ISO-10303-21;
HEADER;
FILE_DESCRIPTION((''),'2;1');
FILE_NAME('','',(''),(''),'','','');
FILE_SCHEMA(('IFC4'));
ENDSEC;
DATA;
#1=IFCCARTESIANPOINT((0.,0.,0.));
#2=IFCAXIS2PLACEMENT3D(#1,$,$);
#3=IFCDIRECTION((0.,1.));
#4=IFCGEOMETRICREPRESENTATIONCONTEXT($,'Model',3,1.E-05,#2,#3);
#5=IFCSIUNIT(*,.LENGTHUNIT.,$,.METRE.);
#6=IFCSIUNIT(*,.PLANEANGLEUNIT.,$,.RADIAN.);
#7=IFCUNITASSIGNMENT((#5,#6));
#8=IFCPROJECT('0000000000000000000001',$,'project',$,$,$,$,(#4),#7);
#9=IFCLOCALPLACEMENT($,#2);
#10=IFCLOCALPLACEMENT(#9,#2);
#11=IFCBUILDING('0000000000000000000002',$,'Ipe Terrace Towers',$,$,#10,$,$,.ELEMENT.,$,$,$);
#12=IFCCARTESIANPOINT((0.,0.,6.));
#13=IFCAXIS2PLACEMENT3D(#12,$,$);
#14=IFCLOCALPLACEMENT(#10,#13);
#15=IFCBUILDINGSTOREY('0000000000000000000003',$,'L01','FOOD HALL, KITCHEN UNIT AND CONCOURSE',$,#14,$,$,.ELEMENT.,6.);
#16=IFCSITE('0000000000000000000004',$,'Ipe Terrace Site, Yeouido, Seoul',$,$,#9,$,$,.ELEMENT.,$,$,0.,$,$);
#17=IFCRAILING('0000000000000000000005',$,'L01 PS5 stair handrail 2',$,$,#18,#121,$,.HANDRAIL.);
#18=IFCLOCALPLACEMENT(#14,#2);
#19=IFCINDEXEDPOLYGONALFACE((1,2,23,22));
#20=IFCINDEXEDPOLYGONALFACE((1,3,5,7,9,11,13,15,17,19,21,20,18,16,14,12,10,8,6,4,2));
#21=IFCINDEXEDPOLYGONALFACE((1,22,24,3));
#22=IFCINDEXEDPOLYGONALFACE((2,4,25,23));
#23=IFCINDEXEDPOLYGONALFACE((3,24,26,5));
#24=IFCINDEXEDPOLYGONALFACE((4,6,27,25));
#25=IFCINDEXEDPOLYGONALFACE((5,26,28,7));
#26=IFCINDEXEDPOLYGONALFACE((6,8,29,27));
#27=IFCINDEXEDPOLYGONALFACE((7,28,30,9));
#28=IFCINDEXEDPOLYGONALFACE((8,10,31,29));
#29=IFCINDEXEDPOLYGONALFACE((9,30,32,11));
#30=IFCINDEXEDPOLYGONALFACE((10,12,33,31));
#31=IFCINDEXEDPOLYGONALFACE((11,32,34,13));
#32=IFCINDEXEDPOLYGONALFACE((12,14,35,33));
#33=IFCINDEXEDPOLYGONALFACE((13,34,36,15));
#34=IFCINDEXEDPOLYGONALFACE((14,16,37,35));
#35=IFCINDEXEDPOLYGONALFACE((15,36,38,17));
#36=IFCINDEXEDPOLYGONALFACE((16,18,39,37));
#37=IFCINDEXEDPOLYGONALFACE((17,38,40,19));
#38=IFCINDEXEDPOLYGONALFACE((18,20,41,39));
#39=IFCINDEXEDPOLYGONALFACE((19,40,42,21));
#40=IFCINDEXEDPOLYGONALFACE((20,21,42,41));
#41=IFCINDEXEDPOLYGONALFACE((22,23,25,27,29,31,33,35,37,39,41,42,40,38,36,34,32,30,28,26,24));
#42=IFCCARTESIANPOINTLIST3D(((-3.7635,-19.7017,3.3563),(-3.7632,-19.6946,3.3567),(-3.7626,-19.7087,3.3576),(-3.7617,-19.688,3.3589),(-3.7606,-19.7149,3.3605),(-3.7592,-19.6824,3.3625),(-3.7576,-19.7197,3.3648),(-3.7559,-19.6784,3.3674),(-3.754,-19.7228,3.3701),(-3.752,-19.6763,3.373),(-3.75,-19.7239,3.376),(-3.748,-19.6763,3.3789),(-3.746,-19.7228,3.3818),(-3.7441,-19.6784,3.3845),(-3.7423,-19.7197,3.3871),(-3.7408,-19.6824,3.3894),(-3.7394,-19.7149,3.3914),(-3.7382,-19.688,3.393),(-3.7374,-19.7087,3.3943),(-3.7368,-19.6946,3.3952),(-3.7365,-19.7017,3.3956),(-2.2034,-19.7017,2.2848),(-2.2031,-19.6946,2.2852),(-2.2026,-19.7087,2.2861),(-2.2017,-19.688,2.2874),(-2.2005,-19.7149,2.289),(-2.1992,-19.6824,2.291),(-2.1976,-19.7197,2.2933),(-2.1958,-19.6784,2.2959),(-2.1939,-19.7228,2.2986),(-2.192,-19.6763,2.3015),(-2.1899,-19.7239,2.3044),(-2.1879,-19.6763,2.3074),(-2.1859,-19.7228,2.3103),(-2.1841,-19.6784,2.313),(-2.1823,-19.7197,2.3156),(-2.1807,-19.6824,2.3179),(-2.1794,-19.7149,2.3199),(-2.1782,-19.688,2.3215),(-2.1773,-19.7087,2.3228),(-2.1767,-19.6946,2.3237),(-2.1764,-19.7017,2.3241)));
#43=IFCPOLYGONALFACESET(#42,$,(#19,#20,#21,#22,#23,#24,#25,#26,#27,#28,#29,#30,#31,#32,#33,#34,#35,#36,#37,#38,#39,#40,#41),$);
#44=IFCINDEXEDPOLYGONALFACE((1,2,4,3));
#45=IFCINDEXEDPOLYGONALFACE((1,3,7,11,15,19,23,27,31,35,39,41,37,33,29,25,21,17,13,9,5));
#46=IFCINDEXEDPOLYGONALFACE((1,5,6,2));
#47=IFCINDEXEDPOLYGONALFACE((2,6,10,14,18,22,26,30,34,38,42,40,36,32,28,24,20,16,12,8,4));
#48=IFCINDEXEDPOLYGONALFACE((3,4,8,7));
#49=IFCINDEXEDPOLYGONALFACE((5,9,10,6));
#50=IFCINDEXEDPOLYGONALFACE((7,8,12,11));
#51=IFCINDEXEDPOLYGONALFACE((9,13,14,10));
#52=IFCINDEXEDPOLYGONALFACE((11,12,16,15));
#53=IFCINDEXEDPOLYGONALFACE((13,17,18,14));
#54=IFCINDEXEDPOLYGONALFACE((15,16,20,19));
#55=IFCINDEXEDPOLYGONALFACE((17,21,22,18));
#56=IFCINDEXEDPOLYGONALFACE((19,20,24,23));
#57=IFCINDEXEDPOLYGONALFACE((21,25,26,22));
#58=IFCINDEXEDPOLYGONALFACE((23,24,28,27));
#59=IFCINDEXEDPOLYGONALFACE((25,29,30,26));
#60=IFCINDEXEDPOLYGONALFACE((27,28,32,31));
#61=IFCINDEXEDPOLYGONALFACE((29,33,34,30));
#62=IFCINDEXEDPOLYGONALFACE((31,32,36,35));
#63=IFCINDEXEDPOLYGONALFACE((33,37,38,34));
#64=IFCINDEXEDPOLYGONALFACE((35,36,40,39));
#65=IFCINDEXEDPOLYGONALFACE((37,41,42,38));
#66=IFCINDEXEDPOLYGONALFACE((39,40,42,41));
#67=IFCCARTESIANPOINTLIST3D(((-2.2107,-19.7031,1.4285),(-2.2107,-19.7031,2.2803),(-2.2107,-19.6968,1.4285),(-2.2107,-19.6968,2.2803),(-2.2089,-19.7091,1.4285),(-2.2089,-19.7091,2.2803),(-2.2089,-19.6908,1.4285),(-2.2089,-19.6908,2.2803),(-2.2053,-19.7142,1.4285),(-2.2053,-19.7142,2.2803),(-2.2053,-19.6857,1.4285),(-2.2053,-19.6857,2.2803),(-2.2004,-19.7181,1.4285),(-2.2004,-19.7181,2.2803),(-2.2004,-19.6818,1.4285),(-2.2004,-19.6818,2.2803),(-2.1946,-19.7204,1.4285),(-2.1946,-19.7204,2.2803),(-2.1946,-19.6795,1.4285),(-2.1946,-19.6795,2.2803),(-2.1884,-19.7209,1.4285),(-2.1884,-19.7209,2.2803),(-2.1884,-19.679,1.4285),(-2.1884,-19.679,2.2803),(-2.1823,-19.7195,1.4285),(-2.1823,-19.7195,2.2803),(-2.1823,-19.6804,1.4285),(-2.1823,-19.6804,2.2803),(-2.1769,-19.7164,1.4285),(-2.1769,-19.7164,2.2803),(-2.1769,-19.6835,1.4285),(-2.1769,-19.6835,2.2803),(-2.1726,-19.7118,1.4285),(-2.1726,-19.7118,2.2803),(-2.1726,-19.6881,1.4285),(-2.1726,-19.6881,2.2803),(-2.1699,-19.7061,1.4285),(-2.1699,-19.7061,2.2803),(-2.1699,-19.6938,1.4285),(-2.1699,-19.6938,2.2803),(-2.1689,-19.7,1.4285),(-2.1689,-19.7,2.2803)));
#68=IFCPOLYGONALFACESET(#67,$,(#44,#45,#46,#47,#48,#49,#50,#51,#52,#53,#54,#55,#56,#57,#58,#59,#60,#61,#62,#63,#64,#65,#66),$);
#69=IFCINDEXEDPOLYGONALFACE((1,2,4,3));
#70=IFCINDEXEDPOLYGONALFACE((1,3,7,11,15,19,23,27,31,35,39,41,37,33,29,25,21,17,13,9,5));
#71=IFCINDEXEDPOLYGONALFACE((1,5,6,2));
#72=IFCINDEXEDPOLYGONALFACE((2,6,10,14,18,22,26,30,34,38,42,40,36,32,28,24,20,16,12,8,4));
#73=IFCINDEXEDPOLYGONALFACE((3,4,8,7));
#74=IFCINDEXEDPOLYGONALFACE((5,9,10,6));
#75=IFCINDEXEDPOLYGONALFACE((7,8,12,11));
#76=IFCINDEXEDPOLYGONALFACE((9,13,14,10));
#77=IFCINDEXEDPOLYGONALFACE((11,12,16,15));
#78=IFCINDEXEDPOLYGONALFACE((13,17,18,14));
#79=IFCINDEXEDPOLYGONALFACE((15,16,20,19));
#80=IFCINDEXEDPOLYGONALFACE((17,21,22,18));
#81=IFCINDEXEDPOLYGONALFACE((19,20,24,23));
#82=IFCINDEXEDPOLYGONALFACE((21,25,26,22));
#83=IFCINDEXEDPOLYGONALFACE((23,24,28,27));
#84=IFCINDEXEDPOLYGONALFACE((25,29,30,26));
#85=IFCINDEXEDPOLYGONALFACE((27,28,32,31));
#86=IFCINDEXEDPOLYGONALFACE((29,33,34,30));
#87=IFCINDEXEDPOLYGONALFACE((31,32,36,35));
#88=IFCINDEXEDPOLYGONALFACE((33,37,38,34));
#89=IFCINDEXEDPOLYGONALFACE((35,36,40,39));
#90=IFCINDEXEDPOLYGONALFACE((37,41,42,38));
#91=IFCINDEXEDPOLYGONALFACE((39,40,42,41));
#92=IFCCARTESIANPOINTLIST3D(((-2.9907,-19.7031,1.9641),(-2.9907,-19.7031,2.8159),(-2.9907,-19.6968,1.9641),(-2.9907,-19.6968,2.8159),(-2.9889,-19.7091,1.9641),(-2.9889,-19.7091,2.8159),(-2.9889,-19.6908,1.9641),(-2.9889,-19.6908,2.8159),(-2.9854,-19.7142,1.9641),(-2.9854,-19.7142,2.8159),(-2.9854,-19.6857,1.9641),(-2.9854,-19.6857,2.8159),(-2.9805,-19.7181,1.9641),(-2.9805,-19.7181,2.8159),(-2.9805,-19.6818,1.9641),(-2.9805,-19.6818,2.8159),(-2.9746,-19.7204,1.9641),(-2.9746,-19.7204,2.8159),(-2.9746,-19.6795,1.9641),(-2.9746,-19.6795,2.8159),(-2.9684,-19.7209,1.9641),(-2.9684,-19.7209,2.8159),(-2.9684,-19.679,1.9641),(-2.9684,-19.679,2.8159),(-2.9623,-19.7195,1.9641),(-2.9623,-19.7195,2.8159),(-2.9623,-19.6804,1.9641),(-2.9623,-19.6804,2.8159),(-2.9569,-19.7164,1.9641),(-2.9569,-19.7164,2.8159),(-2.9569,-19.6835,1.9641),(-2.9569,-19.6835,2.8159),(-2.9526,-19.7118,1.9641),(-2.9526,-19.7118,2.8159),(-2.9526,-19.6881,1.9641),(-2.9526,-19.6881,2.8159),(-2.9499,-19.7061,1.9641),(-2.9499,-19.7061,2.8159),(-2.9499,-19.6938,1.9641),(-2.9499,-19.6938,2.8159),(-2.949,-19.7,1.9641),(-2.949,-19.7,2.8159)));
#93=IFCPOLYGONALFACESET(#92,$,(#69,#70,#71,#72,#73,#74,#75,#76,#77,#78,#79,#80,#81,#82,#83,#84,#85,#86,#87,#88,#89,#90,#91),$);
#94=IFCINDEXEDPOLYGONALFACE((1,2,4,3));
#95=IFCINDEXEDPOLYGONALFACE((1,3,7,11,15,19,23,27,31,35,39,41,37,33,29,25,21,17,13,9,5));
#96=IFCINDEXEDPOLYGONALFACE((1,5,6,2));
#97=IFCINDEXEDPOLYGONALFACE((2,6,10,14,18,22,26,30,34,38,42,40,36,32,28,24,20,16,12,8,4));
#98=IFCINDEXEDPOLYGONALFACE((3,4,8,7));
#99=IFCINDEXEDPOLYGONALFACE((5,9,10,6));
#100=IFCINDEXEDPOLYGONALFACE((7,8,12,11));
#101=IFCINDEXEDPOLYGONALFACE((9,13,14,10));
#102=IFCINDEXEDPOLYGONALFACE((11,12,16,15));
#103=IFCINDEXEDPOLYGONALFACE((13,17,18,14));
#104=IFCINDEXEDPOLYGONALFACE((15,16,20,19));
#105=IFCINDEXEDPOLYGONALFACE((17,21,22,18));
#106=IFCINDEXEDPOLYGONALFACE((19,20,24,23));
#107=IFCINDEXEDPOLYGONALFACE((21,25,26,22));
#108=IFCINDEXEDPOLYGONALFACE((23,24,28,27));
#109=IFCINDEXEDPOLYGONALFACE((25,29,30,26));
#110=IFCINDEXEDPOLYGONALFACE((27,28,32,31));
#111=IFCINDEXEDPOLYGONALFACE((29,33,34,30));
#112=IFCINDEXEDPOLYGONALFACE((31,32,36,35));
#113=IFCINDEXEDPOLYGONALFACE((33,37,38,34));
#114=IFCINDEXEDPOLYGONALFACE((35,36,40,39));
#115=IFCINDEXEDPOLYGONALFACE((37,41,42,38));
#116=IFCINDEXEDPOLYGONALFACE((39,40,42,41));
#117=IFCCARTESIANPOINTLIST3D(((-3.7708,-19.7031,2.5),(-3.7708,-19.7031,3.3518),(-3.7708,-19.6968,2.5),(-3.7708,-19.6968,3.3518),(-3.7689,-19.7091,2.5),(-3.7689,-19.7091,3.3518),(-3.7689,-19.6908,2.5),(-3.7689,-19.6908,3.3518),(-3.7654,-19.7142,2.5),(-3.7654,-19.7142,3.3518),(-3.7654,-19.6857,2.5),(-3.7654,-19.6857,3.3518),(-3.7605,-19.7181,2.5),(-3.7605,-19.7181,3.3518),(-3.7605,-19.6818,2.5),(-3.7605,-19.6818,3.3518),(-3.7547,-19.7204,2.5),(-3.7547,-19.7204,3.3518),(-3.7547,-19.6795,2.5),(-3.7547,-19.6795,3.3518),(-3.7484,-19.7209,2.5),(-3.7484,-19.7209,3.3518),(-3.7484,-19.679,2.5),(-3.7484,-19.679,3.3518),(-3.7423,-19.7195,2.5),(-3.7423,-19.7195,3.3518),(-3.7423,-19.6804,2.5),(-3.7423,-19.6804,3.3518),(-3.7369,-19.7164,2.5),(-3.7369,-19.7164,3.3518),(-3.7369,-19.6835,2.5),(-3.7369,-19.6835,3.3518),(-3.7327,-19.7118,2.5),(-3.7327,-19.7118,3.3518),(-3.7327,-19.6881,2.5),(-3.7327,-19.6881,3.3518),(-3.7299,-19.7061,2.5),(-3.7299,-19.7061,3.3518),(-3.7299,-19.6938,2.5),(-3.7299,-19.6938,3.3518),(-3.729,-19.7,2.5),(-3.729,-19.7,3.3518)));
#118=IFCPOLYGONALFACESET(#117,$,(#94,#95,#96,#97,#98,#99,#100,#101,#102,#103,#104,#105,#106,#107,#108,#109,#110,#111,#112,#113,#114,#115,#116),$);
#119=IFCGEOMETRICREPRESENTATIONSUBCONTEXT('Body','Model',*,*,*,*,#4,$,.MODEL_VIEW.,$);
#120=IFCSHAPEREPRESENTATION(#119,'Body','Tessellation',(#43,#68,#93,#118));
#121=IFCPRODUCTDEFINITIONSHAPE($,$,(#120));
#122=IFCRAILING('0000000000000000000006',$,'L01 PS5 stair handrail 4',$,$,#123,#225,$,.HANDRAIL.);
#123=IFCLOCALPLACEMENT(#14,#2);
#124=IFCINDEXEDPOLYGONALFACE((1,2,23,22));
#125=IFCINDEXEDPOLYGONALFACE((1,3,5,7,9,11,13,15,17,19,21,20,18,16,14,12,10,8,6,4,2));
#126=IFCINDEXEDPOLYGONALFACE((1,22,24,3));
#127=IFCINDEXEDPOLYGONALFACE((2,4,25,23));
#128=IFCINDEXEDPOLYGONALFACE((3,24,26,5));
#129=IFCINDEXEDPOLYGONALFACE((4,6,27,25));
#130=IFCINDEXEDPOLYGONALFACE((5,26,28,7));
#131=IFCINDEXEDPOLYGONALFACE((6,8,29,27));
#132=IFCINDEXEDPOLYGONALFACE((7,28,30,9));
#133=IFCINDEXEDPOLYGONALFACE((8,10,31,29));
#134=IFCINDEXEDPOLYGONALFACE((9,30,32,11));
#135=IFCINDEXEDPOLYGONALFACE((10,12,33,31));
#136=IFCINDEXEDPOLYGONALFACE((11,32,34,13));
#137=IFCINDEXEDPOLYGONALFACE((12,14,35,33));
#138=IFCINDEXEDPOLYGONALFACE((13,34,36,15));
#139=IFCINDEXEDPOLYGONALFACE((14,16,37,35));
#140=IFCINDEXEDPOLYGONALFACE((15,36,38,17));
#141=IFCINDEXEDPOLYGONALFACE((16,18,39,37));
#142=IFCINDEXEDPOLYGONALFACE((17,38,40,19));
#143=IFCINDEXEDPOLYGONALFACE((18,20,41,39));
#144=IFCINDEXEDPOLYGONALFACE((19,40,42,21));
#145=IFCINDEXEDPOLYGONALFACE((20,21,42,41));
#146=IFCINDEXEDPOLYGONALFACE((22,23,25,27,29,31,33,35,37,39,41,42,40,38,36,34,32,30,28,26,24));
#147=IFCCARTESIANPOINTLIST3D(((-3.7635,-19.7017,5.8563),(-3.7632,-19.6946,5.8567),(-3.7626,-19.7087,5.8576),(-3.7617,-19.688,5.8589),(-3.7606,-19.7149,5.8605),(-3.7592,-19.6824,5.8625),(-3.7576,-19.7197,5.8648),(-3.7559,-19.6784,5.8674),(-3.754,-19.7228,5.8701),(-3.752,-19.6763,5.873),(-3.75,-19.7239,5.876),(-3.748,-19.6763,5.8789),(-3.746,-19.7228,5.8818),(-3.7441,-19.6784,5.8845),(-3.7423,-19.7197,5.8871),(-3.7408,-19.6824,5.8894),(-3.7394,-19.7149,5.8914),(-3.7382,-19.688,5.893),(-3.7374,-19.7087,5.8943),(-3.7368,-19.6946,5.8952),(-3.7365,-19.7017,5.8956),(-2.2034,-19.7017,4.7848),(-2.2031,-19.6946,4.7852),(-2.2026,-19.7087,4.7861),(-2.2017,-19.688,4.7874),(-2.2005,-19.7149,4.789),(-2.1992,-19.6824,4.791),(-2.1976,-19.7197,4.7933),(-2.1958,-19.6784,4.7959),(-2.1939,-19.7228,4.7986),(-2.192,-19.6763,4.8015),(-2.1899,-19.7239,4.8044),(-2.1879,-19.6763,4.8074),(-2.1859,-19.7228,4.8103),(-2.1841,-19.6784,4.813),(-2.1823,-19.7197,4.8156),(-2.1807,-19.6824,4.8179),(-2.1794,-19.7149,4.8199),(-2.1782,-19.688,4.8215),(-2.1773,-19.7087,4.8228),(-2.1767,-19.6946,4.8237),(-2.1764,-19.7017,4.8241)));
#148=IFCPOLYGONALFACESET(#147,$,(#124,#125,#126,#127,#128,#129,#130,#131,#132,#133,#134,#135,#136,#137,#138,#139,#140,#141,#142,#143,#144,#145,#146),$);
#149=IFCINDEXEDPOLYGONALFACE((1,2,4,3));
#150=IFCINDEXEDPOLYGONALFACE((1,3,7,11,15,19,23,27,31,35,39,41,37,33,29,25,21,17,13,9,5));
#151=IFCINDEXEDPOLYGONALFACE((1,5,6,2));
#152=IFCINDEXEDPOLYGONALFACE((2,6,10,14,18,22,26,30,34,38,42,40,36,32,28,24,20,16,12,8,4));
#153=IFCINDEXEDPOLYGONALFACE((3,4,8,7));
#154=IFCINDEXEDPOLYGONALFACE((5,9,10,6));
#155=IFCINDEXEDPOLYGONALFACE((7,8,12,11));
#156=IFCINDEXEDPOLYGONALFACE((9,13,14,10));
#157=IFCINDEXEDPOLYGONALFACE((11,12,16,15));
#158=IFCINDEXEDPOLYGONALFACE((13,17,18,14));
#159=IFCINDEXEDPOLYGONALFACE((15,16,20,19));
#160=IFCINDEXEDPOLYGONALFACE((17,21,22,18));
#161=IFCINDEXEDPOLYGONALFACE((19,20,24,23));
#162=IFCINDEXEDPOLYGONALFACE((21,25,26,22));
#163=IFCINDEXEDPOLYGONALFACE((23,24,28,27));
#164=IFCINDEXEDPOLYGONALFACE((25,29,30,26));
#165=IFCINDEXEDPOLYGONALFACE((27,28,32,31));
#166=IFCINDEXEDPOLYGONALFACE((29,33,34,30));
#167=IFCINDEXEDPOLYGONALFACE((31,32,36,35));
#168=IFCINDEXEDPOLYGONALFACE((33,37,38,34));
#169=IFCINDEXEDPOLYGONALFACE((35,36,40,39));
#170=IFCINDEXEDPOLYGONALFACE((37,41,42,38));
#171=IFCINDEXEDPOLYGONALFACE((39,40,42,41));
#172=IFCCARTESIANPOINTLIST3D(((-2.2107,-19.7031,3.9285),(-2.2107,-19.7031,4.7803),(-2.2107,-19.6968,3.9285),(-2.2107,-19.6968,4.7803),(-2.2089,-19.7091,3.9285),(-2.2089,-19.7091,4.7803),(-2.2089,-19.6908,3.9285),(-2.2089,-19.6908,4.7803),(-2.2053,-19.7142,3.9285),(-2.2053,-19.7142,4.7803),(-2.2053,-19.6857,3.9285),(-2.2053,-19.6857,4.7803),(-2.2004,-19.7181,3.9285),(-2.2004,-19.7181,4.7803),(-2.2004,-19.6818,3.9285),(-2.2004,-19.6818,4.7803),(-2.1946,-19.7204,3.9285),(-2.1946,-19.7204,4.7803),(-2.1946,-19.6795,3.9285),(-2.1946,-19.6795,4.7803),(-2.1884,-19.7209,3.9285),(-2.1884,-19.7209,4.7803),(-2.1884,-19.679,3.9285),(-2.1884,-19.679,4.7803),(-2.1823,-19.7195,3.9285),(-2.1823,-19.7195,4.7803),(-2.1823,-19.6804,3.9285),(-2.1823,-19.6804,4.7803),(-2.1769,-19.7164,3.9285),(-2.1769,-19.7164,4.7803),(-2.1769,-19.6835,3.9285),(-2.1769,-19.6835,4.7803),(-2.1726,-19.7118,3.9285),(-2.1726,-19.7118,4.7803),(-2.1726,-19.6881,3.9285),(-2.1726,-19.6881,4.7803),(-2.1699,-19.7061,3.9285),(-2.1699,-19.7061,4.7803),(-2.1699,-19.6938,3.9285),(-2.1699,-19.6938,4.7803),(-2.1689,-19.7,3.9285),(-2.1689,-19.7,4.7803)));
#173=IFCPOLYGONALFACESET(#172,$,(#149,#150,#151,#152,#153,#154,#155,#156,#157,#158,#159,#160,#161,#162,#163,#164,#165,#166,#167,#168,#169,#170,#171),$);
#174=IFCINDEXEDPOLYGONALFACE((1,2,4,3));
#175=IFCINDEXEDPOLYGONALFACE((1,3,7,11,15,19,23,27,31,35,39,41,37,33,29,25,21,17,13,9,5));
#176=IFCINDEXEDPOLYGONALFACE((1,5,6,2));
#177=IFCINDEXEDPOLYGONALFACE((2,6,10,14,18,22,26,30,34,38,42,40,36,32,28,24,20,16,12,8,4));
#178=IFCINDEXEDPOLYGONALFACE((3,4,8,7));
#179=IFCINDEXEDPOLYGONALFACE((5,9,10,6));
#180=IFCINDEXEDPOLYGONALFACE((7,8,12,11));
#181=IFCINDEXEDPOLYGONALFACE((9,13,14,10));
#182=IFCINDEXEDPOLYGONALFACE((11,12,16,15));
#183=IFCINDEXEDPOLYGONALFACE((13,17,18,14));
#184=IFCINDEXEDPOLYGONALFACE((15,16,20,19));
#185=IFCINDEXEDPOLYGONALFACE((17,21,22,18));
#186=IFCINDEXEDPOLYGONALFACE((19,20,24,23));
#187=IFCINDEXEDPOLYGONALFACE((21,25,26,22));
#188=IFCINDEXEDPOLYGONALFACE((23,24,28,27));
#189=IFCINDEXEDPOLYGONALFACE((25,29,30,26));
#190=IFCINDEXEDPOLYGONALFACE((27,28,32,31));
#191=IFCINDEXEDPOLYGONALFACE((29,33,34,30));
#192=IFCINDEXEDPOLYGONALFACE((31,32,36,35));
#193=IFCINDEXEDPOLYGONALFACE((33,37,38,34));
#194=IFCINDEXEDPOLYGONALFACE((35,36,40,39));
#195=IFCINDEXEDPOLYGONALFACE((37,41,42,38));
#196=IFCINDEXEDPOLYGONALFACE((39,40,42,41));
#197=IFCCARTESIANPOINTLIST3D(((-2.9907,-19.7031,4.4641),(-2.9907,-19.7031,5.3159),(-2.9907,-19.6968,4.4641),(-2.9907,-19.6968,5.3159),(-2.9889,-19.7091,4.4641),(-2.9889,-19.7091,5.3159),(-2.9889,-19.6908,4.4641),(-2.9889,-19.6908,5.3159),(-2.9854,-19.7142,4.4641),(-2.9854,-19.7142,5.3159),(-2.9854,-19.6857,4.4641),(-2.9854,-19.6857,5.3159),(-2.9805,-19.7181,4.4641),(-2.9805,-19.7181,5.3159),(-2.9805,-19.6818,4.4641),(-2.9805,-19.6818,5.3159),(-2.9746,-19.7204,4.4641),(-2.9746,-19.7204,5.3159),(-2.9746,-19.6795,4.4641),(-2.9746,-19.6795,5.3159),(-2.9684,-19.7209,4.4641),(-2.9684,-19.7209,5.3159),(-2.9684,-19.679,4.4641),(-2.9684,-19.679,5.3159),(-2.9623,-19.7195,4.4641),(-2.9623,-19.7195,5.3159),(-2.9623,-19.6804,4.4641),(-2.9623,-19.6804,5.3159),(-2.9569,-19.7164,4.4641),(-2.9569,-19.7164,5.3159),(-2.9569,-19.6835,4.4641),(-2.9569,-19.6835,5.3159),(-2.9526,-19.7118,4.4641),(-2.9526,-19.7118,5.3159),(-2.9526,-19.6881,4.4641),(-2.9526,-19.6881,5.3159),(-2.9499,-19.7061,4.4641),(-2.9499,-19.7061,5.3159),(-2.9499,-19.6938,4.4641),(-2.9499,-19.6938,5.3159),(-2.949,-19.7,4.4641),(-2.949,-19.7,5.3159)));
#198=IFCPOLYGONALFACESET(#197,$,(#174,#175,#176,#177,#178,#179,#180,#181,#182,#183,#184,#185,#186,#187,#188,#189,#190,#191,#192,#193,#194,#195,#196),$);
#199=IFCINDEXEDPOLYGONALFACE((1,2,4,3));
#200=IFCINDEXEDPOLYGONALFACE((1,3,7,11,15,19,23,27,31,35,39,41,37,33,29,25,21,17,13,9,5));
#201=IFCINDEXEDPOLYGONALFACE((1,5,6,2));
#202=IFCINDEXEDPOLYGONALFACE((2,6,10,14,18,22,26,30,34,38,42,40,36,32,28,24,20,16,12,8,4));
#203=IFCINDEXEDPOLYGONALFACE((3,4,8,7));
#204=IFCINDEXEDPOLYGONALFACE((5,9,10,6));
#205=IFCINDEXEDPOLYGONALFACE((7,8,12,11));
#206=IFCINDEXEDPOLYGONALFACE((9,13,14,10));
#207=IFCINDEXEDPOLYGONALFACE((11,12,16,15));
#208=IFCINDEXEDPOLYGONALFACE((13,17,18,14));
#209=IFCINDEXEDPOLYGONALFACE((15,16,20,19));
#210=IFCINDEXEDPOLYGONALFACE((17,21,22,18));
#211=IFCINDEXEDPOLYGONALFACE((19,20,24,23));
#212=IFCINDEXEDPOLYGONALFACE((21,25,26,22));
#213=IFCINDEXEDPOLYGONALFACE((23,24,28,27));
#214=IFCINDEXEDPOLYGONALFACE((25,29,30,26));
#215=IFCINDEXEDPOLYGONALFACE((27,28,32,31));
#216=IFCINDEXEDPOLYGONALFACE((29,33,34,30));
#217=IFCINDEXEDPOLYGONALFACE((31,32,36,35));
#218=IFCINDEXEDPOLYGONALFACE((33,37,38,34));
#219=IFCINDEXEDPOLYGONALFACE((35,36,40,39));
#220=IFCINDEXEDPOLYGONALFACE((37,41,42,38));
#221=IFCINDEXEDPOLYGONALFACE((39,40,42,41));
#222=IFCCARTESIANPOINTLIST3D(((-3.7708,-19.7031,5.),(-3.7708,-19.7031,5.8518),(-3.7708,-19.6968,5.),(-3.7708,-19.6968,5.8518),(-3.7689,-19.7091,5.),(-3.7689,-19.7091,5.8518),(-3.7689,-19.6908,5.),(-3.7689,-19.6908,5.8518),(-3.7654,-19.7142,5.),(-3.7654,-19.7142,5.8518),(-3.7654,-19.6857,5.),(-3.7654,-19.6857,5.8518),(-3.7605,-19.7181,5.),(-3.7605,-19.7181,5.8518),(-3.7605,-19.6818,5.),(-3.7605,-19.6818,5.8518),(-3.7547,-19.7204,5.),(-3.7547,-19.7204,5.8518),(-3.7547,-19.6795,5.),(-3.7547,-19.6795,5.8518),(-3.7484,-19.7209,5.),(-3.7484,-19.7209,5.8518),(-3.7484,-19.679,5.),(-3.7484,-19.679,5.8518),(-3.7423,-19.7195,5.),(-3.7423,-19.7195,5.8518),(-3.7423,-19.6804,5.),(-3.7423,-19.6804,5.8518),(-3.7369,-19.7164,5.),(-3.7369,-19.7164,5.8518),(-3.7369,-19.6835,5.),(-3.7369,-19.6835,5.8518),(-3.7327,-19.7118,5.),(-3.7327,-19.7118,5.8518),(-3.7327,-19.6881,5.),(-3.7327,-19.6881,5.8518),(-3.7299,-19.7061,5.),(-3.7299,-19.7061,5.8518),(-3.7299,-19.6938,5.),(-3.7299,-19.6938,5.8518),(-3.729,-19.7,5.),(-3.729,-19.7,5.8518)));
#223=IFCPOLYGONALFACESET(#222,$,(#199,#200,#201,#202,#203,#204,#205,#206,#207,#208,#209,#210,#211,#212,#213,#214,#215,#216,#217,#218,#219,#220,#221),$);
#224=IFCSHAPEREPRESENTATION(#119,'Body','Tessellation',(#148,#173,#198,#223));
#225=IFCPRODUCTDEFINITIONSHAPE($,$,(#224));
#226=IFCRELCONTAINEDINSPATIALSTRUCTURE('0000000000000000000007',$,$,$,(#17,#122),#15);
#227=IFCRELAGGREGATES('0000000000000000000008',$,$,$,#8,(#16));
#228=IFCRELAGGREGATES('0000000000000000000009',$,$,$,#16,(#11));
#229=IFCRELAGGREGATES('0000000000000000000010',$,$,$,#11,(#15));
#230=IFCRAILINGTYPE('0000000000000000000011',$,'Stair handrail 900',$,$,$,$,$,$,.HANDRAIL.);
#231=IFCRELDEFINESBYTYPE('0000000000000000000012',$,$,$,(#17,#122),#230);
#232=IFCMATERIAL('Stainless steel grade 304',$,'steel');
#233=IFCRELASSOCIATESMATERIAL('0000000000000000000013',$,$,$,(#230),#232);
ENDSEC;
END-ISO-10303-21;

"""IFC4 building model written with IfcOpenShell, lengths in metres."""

from ifc_helpers import new_model, si_unit, direction, frame, origin, origin_2d, place, context, subcontext, project, spatial, circle, extrude, material, type_object, element, save


model = new_model("IFC4")

# Units and contexts
model_context = context("Model", 3, precision=1e-05, world=origin(), true_north=direction((0.0, 1.0)))
body_context = subcontext(model_context, "Body", "Model", "MODEL_VIEW")
ifc_project = project(units=[si_unit("LENGTHUNIT", "METRE"), si_unit("PLANEANGLEUNIT", "RADIAN")], contexts=[model_context])

# Site, building, storey
site_placement = place(None, origin())
site = spatial("IfcSite", under=ifc_project, at=site_placement, Name="Ipe Terrace Site, Yeouido, Seoul", CompositionType="ELEMENT", RefElevation=0.0)
building_placement = place(site_placement, origin())
building = spatial("IfcBuilding", under=site, at=building_placement, Name="Ipe Terrace Towers", CompositionType="ELEMENT")
storey_placement = place(building_placement, frame((0.0, 0.0, 6.0)))
storey = spatial("IfcBuildingStorey", under=building, at=storey_placement, Name="L01", Description="FOOD HALL, KITCHEN UNIT AND CONCOURSE", CompositionType="ELEMENT", Elevation=6.0)

# Railings
ifc_material_1 = material(Name="Stainless steel grade 304", Category="steel")
railing_type_1 = type_object("IfcRailingType", Name="Stair handrail 900", PredefinedType="HANDRAIL", material=ifc_material_1)
for number, where, name in (
    (1, (-2.1899, -19.7, 1.4285), "L01 PS5 stair handrail 2"),
    (2, (-2.1899, -19.7, 3.9285), "L01 PS5 stair handrail 4"),
):
    element("IfcRailing", number, at=place(storey_placement, frame(where)), inside=storey, type_object=railing_type_1, Name=name, PredefinedType="HANDRAIL", context=body_context, shape_type="SweptSolid", body=[
        extrude(circle(Radius=0.0239, at=origin_2d()), frame((0.0, 0.0, 0.876), z_axis=(-0.82429, 0.0, 0.566167), x_axis=(0.0, -1.0, 0.0)), (0.0, 0.0, 1.0), 1.8926),
        extrude(circle(Radius=0.021, at=origin_2d()), origin(), (0.0, 0.0, 1.0), 0.8518),
        extrude(circle(Radius=0.021, at=origin_2d()), frame((-0.78, 0.0, 0.5356)), (0.0, 0.0, 1.0), 0.8518),
        extrude(circle(Radius=0.021, at=origin_2d()), frame((-1.5601, 0.0, 1.0715)), (0.0, 0.0, 1.0), 0.8518),
    ])

save(model, "model.ifc")
